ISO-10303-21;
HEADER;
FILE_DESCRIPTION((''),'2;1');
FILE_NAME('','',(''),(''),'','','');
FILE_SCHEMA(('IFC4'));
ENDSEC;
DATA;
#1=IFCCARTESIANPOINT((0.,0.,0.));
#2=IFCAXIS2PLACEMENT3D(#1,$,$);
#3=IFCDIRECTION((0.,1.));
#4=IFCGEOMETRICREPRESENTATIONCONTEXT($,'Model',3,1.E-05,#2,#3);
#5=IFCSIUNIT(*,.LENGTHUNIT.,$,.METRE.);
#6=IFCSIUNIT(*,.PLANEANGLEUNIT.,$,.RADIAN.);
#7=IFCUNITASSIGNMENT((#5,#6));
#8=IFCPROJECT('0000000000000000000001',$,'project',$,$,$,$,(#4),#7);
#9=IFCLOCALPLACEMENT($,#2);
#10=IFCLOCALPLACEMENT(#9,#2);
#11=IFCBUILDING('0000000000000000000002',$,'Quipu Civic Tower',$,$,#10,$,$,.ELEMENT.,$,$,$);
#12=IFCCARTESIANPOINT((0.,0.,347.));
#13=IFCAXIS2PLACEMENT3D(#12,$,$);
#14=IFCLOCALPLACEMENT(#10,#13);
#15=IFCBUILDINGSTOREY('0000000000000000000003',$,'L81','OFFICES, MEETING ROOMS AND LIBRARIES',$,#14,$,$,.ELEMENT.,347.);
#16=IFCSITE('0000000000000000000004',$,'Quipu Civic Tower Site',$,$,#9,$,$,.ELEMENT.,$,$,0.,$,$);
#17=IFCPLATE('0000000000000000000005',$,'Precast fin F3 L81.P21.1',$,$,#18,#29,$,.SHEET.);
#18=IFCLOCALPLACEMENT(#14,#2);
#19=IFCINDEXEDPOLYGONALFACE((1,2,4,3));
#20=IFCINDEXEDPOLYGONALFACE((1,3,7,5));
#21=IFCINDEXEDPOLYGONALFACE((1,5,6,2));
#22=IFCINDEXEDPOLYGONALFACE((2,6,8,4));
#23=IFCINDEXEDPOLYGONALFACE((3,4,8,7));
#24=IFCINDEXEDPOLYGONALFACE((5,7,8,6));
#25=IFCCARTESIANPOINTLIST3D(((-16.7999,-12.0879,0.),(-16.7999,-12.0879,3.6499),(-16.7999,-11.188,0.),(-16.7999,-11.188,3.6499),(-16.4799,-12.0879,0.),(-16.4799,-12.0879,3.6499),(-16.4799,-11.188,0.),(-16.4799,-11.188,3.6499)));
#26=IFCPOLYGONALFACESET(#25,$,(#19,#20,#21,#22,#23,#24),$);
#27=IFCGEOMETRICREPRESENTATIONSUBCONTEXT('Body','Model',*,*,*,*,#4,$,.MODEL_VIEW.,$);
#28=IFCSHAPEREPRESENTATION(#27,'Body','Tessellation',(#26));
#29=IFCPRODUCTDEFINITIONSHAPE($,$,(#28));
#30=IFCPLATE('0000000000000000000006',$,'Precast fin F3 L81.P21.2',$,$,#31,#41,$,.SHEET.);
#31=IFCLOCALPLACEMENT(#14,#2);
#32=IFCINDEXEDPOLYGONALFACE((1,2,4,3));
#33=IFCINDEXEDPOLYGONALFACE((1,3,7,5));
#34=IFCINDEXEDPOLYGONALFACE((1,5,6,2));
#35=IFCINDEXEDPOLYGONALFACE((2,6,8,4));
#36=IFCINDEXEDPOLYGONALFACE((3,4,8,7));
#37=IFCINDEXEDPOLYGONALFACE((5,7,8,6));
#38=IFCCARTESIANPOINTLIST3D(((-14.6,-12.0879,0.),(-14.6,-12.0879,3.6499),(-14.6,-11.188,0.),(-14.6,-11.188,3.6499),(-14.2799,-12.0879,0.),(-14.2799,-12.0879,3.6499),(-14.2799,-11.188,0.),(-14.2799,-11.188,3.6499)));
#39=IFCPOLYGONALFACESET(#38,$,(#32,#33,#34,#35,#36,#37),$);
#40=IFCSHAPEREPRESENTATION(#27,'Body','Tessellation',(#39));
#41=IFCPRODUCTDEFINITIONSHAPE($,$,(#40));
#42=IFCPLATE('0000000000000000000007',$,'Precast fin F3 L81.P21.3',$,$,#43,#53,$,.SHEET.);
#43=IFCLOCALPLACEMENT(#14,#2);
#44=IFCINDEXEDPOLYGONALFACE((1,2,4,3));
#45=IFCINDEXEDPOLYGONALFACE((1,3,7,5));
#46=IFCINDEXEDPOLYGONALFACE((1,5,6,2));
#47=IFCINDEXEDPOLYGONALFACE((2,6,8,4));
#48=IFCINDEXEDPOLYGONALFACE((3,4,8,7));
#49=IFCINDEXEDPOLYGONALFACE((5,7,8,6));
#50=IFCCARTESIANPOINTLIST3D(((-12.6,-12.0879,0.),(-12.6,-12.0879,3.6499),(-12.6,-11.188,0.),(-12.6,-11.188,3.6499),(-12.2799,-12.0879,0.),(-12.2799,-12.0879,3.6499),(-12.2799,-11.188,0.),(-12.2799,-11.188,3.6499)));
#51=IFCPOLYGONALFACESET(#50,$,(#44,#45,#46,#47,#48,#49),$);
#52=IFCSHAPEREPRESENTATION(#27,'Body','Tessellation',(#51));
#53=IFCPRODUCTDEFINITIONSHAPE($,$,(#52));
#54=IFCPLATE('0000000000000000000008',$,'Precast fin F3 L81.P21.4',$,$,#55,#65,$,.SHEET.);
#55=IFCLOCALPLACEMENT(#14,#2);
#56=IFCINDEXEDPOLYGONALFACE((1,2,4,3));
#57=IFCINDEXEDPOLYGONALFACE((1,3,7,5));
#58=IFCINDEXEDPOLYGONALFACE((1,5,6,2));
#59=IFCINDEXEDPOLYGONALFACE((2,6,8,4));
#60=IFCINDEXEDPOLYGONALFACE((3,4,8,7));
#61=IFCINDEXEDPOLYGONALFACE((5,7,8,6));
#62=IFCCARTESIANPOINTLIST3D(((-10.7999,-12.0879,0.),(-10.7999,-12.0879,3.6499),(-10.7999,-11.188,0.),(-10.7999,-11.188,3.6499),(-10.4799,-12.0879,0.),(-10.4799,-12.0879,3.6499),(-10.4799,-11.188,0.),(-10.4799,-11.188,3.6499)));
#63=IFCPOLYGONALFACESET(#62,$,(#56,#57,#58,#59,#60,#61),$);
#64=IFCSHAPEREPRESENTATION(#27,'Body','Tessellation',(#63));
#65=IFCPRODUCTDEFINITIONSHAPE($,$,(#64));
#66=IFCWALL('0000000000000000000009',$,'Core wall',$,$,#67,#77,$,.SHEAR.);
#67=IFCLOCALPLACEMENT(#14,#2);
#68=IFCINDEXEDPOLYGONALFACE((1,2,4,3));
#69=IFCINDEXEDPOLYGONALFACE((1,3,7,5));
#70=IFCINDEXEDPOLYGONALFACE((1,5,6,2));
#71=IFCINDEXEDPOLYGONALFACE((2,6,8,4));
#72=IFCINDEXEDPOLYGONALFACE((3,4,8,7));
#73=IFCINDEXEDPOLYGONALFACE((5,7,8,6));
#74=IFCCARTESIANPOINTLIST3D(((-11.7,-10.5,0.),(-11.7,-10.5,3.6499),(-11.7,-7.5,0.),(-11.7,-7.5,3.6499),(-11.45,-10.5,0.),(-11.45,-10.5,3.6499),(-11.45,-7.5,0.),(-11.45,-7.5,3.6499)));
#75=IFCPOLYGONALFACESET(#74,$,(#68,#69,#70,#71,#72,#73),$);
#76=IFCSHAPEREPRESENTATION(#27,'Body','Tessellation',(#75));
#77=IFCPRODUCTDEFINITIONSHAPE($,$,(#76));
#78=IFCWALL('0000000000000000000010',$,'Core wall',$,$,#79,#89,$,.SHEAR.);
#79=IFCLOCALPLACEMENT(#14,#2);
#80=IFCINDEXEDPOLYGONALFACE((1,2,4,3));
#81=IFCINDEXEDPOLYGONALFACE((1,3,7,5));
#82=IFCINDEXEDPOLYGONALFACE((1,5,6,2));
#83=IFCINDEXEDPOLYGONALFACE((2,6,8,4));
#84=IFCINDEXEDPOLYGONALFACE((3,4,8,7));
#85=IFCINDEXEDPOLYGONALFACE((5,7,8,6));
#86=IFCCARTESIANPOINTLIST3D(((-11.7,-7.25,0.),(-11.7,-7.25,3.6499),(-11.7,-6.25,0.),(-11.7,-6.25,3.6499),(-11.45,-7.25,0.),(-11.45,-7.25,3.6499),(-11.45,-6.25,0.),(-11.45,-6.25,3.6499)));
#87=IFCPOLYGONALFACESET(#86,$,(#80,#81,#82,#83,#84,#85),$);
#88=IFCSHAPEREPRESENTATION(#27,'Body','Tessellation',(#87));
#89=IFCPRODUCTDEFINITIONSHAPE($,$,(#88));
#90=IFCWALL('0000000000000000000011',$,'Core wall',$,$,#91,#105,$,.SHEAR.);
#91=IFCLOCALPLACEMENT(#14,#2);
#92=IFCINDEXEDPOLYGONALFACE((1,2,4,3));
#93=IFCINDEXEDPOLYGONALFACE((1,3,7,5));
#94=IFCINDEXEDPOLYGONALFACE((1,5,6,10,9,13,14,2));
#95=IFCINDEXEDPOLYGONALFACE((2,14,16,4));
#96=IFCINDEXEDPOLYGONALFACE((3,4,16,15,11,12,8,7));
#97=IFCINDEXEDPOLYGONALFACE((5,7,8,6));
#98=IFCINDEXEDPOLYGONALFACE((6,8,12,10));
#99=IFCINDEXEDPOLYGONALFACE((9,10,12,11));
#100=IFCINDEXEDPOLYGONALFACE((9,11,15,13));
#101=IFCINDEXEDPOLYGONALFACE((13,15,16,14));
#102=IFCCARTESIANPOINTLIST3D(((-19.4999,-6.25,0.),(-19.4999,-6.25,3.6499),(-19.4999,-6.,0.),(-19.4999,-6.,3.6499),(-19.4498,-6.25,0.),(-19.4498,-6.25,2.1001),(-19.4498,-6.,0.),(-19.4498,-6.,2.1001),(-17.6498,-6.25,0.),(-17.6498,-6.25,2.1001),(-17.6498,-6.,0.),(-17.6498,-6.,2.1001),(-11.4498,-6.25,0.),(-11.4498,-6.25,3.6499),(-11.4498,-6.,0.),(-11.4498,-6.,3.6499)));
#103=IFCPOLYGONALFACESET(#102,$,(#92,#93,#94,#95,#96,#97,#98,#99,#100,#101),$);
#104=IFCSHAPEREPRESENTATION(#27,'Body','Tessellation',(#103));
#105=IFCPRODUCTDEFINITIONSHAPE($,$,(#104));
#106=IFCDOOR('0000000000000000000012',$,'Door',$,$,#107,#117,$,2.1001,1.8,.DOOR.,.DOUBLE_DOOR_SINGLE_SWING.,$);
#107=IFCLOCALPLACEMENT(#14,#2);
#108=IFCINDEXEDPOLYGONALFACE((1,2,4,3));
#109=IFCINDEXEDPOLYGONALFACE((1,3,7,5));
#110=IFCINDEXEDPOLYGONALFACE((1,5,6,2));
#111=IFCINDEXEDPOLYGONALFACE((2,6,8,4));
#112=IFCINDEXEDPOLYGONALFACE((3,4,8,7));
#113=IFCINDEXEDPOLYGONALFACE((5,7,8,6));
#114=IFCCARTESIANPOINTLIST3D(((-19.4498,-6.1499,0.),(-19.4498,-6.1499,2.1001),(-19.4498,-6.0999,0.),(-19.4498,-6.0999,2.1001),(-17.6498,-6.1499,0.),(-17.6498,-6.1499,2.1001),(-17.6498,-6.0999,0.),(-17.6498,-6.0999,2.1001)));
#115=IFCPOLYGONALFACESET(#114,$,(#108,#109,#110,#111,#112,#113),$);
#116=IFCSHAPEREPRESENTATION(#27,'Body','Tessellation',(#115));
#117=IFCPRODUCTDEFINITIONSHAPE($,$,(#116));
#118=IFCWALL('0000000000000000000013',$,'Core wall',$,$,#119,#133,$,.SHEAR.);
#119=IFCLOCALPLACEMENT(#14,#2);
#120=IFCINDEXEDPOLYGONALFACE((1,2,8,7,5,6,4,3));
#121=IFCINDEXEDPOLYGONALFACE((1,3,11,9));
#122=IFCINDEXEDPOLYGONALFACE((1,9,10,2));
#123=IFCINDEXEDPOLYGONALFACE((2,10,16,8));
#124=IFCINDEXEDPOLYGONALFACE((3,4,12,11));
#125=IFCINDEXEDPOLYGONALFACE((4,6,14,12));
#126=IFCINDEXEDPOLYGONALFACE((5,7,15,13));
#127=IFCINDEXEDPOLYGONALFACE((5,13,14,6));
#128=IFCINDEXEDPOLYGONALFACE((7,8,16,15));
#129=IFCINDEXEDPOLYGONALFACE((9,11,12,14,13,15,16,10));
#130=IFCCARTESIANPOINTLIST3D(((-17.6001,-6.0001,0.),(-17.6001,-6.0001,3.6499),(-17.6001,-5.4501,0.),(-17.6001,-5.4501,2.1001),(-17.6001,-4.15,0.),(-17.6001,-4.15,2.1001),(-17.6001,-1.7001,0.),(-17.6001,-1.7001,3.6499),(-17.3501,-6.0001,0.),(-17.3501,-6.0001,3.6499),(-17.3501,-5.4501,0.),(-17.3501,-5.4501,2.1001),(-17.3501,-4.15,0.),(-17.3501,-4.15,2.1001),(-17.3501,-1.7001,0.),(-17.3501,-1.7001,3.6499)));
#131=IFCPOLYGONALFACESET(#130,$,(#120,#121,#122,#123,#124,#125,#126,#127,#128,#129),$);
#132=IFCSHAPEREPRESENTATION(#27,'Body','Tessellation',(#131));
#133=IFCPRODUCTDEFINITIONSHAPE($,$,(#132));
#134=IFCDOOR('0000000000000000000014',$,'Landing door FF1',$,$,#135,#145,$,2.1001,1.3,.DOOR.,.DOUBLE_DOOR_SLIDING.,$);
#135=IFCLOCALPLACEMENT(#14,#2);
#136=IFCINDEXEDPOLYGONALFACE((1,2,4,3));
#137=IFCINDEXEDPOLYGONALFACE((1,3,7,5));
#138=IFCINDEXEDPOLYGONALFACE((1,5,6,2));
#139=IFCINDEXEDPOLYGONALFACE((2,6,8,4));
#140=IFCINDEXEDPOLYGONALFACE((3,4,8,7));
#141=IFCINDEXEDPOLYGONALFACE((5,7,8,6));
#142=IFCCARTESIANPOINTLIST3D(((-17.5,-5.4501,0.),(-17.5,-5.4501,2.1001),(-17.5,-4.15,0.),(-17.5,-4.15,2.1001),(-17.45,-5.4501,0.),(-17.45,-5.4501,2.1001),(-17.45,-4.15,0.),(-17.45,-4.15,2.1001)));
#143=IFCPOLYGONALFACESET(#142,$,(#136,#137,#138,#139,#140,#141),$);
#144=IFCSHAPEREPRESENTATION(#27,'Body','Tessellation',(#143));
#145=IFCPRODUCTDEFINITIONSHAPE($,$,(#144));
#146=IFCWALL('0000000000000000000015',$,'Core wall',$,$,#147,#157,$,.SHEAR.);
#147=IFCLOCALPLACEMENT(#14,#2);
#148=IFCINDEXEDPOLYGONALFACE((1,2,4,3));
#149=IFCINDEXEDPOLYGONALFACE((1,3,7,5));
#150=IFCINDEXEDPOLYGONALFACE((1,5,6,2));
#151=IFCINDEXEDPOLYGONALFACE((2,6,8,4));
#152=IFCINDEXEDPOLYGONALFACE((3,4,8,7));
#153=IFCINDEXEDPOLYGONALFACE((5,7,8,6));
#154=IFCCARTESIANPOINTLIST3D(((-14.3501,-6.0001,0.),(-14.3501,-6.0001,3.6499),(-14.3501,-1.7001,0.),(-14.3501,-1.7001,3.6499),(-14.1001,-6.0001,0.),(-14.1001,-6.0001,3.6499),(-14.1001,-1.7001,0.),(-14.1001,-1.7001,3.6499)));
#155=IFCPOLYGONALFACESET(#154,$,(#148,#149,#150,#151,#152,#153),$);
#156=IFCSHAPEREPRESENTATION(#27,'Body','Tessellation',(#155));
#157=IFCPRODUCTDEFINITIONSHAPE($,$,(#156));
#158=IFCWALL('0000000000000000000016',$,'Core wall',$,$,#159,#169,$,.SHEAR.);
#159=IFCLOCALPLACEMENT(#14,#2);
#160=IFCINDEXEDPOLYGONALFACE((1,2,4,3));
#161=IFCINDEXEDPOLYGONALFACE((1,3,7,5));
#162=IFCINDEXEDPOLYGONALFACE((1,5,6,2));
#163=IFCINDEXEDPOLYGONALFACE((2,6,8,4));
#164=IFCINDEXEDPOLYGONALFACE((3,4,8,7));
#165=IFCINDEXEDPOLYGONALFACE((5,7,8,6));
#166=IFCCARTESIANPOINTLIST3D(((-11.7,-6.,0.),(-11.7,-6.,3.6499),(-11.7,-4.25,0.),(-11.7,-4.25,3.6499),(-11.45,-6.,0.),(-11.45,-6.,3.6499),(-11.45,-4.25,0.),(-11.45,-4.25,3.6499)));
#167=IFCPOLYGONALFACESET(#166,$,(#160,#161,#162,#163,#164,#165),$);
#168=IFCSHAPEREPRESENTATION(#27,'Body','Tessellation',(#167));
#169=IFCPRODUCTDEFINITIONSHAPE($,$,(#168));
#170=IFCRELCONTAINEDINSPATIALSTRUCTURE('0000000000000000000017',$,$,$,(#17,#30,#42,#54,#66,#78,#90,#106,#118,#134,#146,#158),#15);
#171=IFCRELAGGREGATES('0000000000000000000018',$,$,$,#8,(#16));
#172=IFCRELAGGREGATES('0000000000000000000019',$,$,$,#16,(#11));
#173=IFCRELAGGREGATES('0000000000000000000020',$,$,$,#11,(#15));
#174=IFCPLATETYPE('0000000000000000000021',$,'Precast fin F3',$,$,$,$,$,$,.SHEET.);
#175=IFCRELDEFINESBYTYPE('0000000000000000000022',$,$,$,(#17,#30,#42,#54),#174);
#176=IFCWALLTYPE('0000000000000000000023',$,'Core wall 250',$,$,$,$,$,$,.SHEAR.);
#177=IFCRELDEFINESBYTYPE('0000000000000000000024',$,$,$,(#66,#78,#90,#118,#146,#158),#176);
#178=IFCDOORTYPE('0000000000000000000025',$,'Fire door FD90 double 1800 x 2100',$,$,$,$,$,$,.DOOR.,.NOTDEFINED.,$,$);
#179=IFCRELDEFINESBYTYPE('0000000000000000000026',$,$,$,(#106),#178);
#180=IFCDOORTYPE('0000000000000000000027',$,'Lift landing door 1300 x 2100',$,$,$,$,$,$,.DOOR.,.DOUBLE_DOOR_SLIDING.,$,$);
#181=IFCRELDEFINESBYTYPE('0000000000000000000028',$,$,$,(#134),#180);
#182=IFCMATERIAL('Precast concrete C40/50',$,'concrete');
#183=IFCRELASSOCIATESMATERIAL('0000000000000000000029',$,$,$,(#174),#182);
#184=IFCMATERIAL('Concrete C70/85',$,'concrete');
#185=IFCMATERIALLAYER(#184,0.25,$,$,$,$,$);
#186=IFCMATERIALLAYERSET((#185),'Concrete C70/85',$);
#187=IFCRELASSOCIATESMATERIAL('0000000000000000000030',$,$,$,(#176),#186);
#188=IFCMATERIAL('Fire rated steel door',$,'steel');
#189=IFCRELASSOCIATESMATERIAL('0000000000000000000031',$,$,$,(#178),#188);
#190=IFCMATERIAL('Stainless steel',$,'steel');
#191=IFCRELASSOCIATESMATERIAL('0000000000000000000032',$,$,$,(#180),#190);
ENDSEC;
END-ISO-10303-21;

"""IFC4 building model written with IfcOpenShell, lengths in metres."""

from ifc_helpers import new_model, si_unit, direction, frame, frame_2d, origin, origin_2d, place, context, subcontext, project, spatial, rectangle, extrude, material, layer, layer_set, type_object, element, fill, save


model = new_model("IFC4")

# Units and contexts
model_context = context("Model", 3, precision=1e-05, world=origin(), true_north=direction((0.0, 1.0)))
body_context = subcontext(model_context, "Body", "Model", "MODEL_VIEW")
ifc_project = project(units=[si_unit("LENGTHUNIT", "METRE"), si_unit("PLANEANGLEUNIT", "RADIAN")], contexts=[model_context])

# Site, building, storey
site_placement = place(None, origin())
site = spatial("IfcSite", under=ifc_project, at=site_placement, Name="Quipu Civic Tower Site", CompositionType="ELEMENT", RefElevation=0.0)
building_placement = place(site_placement, origin())
building = spatial("IfcBuilding", under=site, at=building_placement, Name="Quipu Civic Tower", CompositionType="ELEMENT")
storey_placement = place(building_placement, frame((0.0, 0.0, 347.0)))
storey = spatial("IfcBuildingStorey", under=building, at=storey_placement, Name="L81", Description="OFFICES, MEETING ROOMS AND LIBRARIES", CompositionType="ELEMENT", Elevation=347.0)

# Plates
ifc_material_1 = material(Name="Precast concrete C40/50", Category="concrete")
plate_type = type_object("IfcPlateType", Name="Precast fin F3", PredefinedType="SHEET", material=ifc_material_1)
for number, where, z_axis, x_axis, name in (
    (1, (-16.6399, -11.6379, 0.0), (0.0, 0.0, 1.0), (1.0, 0.0, 0.0), "Precast fin F3 L81.P21.1"),
    (2, (-14.4399, -11.6379, 0.0), (0.0, 0.0, 1.0), (1.0, 0.0, 0.0), "Precast fin F3 L81.P21.2"),
    (3, (-12.4399, -11.6379, 0.0), (0.0, 0.0, 1.0), (1.0, 0.0, 0.0), "Precast fin F3 L81.P21.3"),
    (4, (-10.6399, -11.6379, 0.0), (0.0, 0.0, 1.0), (1.0, 0.0, 0.0), "Precast fin F3 L81.P21.4"),
):
    element("IfcPlate", number, at=place(storey_placement, frame(where, z_axis=z_axis, x_axis=x_axis)), inside=storey, type_object=plate_type, Name=name, PredefinedType="SHEET", context=body_context, shape_type="SweptSolid", body=[
        extrude(rectangle(XDim=0.3201, YDim=0.8999, at=origin_2d()), origin(), (0.0, 0.0, 1.0), 3.6499),
    ])

# Walls
ifc_material_2 = material(Name="Concrete C70/85", Category="concrete")
ifc_layer_1 = layer(ifc_material_2, 0.25)
ifc_layer_set_1 = layer_set([ifc_layer_1], Name="Concrete C70/85")
wall_type_1 = type_object("IfcWallType", Name="Core wall 250", PredefinedType="SHEAR", material=ifc_layer_set_1)
wall_1_placement = place(storey_placement, frame((-11.575, -10.5, 0.0), z_axis=(0.0, 0.0, 1.0), x_axis=(0.0, 1.0, 0.0)))
element("IfcWall", 5, at=wall_1_placement, inside=storey, type_object=wall_type_1, Name="Core wall", PredefinedType="SHEAR", context=body_context, shape_type="SweptSolid", body=[
    extrude(rectangle(XDim=3.0, YDim=0.25, at=frame_2d((1.5, 0.0))), origin(), (0.0, 0.0, 1.0), 3.6499),
])
wall_2_placement = place(storey_placement, frame((-11.575, -7.25, 0.0), z_axis=(0.0, 0.0, 1.0), x_axis=(0.0, 1.0, 0.0)))
element("IfcWall", 6, at=wall_2_placement, inside=storey, type_object=wall_type_1, Name="Core wall", PredefinedType="SHEAR", context=body_context, shape_type="SweptSolid", body=[
    extrude(rectangle(XDim=1.0, YDim=0.25, at=frame_2d((0.5, 0.0))), origin(), (0.0, 0.0, 1.0), 3.6499),
])

# Walls, openings, doors
wall_3_placement = place(storey_placement, frame((-11.45, -6.125, 0.0), z_axis=(0.0, 0.0, 1.0), x_axis=(-1.0, 0.0, 0.0)))
wall_3 = element("IfcWall", 7, at=wall_3_placement, inside=storey, type_object=wall_type_1, Name="Core wall", PredefinedType="SHEAR", context=body_context, shape_type="SweptSolid", body=[
    extrude(rectangle(XDim=8.05, YDim=0.25, at=frame_2d((4.0249, 0.0))), origin(), (0.0, 0.0, 1.0), 3.6499),
])
opening_1_placement = place(wall_3_placement, frame((6.2, 0.0, 0.0)))
opening_1 = element("IfcOpeningElement", 8, at=opening_1_placement, cuts=wall_3, PredefinedType="OPENING", context=body_context, shape_type="SweptSolid", body=[
    extrude(rectangle(XDim=1.8, YDim=2.1001, at=frame_2d((0.8999, 1.05))), frame((0.0, 0.135, 0.0), z_axis=(0.0, -1.0, 0.0), x_axis=(1.0, 0.0, 0.0)), (0.0, 0.0, 1.0), 0.27),
])
ifc_material_3 = material(Name="Fire rated steel door", Category="steel")
door_type_1 = type_object("IfcDoorType", Name="Fire door FD90 double 1800 x 2100", OperationType="NOTDEFINED", PredefinedType="DOOR", material=ifc_material_3)
door_1_placement = place(opening_1_placement, origin())
door_1 = element("IfcDoor", 9, at=door_1_placement, inside=storey, type_object=door_type_1, Name="Door", OperationType="DOUBLE_DOOR_SINGLE_SWING", OverallHeight=2.1001, OverallWidth=1.8, PredefinedType="DOOR", context=body_context, shape_type="SweptSolid", body=[
    extrude(rectangle(XDim=1.8, YDim=2.1001, at=frame_2d((0.8999, 1.05))), frame((0.0, 0.0249, 0.0), z_axis=(0.0, -1.0, 0.0), x_axis=(1.0, 0.0, 0.0)), (0.0, 0.0, 1.0), 0.05),
])
fill(opening_1, door_1)
wall_4_placement = place(storey_placement, frame((-17.4751, -6.0, 0.0), z_axis=(0.0, 0.0, 1.0), x_axis=(0.0, 1.0, 0.0)))
wall_4 = element("IfcWall", 10, at=wall_4_placement, inside=storey, type_object=wall_type_1, Name="Core wall", PredefinedType="SHEAR", context=body_context, shape_type="SweptSolid", body=[
    extrude(rectangle(XDim=4.3, YDim=0.25, at=frame_2d((2.1499, 0.0))), origin(), (0.0, 0.0, 1.0), 3.6499),
])
opening_2_placement = place(wall_4_placement, frame((0.55, 0.0, 0.0)))
opening_2 = element("IfcOpeningElement", 11, at=opening_2_placement, cuts=wall_4, PredefinedType="OPENING", context=body_context, shape_type="SweptSolid", body=[
    extrude(rectangle(XDim=1.3, YDim=2.1001, at=frame_2d((0.6499, 1.05))), frame((0.0, 0.135, 0.0), z_axis=(0.0, -1.0, 0.0), x_axis=(1.0, 0.0, 0.0)), (0.0, 0.0, 1.0), 0.27),
])
ifc_material_4 = material(Name="Stainless steel", Category="steel")
door_type_2 = type_object("IfcDoorType", Name="Lift landing door 1300 x 2100", OperationType="DOUBLE_DOOR_SLIDING", PredefinedType="DOOR", material=ifc_material_4)
door_2_placement = place(opening_2_placement, origin())
door_2 = element("IfcDoor", 12, at=door_2_placement, inside=storey, type_object=door_type_2, Name="Landing door FF1", OperationType="DOUBLE_DOOR_SLIDING", OverallHeight=2.1001, OverallWidth=1.3, PredefinedType="DOOR", context=body_context, shape_type="SweptSolid", body=[
    extrude(rectangle(XDim=1.3, YDim=2.1001, at=frame_2d((0.6499, 1.05))), frame((0.0, 0.0249, 0.0), z_axis=(0.0, -1.0, 0.0), x_axis=(1.0, 0.0, 0.0)), (0.0, 0.0, 1.0), 0.05),
])
fill(opening_2, door_2)

# Walls
wall_5_placement = place(storey_placement, frame((-14.2251, -6.0, 0.0), z_axis=(0.0, 0.0, 1.0), x_axis=(0.0, 1.0, 0.0)))
element("IfcWall", 13, at=wall_5_placement, inside=storey, type_object=wall_type_1, Name="Core wall", PredefinedType="SHEAR", context=body_context, shape_type="SweptSolid", body=[
    extrude(rectangle(XDim=4.3, YDim=0.25, at=frame_2d((2.1499, 0.0))), origin(), (0.0, 0.0, 1.0), 3.6499),
])
wall_6_placement = place(storey_placement, frame((-11.575, -6.0, 0.0), z_axis=(0.0, 0.0, 1.0), x_axis=(0.0, 1.0, 0.0)))
element("IfcWall", 14, at=wall_6_placement, inside=storey, type_object=wall_type_1, Name="Core wall", PredefinedType="SHEAR", context=body_context, shape_type="SweptSolid", body=[
    extrude(rectangle(XDim=1.75, YDim=0.25, at=frame_2d((0.875, 0.0))), origin(), (0.0, 0.0, 1.0), 3.6499),
])

save(model, "model.ifc")
